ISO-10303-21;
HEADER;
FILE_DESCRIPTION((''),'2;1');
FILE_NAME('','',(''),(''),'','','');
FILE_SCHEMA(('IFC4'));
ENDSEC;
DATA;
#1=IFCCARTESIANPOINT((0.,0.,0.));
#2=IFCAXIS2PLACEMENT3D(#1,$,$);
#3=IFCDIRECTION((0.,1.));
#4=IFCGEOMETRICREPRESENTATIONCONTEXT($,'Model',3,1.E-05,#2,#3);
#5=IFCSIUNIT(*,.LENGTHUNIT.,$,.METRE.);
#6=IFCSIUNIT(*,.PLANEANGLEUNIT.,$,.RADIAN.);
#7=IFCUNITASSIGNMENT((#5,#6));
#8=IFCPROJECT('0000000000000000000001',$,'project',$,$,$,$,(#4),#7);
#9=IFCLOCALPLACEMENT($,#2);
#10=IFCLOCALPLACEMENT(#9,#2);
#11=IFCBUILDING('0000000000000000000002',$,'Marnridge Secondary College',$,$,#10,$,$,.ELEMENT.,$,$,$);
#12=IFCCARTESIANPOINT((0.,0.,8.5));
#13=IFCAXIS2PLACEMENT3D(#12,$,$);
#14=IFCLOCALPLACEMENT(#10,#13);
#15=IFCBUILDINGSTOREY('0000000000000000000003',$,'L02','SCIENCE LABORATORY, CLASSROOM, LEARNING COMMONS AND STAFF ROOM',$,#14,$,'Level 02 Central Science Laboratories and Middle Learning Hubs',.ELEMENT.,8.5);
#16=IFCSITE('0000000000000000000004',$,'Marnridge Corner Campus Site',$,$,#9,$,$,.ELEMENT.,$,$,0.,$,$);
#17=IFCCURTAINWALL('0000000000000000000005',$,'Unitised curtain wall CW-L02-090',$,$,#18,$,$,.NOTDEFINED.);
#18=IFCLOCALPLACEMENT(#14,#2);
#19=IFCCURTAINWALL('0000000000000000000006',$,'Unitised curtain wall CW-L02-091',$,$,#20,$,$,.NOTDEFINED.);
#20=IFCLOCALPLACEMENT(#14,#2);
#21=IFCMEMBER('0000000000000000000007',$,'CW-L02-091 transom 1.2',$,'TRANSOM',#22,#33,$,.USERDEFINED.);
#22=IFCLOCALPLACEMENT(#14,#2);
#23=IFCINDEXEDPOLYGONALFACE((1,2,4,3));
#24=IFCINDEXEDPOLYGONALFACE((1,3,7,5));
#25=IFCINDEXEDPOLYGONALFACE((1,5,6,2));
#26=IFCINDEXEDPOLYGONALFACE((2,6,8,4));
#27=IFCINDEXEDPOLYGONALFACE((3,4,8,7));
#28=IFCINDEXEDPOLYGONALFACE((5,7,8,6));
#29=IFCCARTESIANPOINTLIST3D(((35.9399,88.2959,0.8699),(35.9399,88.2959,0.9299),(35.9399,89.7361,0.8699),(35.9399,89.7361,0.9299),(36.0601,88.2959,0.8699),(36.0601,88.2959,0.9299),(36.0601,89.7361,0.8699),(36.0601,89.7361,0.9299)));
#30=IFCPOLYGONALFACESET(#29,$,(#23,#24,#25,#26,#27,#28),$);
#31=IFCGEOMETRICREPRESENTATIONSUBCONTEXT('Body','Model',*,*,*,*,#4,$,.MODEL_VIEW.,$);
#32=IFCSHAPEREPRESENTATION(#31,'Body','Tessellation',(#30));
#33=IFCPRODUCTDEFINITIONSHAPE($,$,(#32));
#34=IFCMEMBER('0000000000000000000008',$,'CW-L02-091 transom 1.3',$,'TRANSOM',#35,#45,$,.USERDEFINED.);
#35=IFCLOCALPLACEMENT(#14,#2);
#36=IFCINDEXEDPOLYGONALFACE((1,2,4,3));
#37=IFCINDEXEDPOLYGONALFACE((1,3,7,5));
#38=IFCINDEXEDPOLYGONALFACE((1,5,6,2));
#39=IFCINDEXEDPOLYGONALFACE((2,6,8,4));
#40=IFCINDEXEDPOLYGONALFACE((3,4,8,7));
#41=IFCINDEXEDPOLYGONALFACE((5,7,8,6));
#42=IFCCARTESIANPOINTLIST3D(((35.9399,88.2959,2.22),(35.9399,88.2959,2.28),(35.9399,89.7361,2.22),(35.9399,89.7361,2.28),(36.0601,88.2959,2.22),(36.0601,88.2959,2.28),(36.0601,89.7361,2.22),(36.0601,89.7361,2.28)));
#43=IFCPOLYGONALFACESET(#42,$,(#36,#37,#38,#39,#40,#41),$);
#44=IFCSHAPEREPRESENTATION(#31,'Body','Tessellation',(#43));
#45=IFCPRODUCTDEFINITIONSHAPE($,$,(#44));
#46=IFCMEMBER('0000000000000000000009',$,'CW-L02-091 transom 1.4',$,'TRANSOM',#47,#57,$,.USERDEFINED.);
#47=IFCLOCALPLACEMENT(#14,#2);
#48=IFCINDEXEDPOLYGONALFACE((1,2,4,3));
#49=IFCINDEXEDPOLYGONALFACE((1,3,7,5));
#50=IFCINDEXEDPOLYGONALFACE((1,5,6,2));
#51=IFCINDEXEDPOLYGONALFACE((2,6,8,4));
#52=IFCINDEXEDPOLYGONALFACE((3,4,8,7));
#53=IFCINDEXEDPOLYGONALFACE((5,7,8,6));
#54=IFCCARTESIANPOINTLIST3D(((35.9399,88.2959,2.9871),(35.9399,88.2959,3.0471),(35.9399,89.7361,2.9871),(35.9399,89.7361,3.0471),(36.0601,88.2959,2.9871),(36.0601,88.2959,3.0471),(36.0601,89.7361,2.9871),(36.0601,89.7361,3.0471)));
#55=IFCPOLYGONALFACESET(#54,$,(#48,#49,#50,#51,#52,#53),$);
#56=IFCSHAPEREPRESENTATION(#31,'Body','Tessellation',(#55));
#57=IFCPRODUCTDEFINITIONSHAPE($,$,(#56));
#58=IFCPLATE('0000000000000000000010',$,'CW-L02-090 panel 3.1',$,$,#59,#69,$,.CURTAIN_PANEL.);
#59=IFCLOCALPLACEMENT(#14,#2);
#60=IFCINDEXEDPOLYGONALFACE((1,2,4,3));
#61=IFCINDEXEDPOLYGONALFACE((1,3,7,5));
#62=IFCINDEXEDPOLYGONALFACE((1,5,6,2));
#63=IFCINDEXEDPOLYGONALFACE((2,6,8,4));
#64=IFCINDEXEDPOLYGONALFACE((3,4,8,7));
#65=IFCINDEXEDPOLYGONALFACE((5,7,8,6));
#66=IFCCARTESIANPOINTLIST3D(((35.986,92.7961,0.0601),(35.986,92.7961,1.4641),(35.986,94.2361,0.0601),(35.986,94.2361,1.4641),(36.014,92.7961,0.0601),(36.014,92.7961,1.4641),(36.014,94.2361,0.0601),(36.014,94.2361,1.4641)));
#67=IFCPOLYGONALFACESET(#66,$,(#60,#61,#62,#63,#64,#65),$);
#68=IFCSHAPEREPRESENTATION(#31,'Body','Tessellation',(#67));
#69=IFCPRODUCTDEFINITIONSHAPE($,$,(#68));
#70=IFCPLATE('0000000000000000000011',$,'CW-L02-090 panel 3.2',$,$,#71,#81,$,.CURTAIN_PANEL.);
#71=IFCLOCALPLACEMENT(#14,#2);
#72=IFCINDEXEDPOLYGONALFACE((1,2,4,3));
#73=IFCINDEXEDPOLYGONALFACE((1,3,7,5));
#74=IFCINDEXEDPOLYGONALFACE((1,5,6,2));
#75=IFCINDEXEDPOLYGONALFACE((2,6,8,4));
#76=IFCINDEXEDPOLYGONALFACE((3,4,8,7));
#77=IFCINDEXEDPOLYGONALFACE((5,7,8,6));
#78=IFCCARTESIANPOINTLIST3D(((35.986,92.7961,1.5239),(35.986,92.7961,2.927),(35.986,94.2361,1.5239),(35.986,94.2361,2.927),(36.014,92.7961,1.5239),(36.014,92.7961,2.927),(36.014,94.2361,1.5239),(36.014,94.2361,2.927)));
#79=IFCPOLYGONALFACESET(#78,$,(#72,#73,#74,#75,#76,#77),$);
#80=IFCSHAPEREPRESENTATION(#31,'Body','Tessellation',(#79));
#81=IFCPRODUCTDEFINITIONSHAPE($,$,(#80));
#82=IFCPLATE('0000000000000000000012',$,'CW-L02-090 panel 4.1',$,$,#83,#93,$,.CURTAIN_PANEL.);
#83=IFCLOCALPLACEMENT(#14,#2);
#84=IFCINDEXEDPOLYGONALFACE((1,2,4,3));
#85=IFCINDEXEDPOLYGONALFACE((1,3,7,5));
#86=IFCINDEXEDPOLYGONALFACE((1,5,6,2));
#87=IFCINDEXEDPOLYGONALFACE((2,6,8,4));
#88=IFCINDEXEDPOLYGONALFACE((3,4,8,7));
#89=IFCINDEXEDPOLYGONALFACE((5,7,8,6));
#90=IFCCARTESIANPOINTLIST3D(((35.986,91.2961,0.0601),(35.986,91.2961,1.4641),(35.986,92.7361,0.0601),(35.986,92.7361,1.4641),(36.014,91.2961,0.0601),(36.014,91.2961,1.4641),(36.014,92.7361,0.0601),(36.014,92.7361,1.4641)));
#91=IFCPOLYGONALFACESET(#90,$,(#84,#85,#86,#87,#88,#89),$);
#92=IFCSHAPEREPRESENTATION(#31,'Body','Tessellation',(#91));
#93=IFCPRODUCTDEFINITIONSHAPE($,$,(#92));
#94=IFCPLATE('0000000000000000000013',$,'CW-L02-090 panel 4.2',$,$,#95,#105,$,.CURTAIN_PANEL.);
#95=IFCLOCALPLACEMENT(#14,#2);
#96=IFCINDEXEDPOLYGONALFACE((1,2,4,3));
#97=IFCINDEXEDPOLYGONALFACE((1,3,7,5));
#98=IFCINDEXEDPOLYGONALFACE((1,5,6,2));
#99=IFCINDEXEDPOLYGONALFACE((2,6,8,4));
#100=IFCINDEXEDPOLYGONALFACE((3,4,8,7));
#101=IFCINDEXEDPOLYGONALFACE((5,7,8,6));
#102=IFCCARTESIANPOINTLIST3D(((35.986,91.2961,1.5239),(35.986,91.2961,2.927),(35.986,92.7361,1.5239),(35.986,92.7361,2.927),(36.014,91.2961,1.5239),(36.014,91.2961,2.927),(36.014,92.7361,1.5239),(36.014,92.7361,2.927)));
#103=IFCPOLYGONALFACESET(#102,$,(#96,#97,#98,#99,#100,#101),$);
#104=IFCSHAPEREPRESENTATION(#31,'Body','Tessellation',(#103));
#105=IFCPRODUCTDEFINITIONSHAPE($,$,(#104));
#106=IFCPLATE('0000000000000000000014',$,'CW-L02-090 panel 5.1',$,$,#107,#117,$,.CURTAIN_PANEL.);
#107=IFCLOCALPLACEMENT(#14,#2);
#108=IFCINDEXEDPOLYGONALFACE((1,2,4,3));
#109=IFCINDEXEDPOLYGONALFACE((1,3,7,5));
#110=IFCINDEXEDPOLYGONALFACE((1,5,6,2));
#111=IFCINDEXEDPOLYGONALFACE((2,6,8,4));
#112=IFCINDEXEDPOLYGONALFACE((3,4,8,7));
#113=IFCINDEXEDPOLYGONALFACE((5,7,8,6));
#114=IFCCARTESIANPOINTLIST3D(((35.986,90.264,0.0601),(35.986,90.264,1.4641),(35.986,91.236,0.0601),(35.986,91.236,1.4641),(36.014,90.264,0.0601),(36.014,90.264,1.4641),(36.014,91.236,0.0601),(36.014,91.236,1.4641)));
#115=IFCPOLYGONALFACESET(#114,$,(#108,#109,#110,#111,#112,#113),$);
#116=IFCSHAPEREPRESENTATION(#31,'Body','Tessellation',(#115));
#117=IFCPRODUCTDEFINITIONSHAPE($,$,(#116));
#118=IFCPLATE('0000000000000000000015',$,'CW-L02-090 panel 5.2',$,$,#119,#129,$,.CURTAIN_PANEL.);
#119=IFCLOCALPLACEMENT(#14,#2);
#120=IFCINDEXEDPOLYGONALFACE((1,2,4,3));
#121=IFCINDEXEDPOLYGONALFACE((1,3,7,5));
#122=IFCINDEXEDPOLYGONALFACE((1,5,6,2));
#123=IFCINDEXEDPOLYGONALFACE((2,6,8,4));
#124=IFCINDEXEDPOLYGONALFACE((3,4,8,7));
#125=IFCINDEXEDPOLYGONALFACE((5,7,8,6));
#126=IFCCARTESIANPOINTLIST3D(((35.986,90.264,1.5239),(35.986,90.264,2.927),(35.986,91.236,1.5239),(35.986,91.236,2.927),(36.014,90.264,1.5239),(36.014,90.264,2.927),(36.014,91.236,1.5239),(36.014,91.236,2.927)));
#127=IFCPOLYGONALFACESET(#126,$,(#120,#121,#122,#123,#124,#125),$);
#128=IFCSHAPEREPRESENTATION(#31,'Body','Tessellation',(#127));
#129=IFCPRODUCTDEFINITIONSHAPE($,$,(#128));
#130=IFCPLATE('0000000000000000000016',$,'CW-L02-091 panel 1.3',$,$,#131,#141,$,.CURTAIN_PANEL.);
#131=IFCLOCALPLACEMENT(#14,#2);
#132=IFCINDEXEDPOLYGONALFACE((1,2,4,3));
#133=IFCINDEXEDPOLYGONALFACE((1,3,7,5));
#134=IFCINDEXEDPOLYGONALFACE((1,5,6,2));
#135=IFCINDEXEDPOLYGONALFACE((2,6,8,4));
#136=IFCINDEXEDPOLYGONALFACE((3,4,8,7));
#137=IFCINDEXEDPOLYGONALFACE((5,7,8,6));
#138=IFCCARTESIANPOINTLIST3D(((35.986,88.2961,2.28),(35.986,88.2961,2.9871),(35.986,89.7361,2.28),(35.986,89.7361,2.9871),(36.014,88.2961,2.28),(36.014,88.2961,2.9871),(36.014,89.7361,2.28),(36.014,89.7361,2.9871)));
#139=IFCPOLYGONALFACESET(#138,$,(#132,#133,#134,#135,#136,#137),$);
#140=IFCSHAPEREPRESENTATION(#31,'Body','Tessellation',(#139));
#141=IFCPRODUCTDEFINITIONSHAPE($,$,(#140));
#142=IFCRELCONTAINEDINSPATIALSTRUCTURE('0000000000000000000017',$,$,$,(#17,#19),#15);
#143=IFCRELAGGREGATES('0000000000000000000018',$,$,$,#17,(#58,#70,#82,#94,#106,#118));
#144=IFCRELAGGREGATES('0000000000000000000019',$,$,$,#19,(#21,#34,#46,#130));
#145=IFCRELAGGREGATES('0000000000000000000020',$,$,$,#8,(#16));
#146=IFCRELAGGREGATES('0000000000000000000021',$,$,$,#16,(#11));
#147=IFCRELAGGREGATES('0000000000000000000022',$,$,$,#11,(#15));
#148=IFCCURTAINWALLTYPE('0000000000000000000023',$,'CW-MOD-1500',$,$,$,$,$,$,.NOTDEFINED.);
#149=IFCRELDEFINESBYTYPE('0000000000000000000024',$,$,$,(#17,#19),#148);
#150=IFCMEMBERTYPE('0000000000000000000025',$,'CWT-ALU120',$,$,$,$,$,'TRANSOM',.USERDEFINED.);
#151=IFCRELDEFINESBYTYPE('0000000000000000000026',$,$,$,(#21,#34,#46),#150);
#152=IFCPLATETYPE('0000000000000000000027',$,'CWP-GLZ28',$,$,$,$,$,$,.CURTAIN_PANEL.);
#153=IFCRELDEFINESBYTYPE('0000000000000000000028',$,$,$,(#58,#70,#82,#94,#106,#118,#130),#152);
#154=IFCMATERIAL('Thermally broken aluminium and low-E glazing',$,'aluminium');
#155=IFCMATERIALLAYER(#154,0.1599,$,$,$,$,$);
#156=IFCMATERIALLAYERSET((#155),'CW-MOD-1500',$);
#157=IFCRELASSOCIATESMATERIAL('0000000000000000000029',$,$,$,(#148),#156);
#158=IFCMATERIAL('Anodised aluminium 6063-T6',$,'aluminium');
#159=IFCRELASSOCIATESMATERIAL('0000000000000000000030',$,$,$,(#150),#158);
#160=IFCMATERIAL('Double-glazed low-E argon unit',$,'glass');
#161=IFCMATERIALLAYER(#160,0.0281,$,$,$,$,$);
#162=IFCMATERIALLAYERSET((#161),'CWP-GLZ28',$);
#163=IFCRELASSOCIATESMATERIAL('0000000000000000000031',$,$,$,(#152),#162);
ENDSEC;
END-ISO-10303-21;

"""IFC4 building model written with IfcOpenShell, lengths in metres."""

from ifc_helpers import new_model, si_unit, direction, frame, origin, origin_2d, place, context, subcontext, project, spatial, rectangle, extrude, material, layer, layer_set, material_profile, profile_set, type_object, element, aggregate, save


model = new_model("IFC4")

# Units and contexts
model_context = context("Model", 3, precision=1e-05, world=origin(), true_north=direction((0.0, 1.0)))
body_context = subcontext(model_context, "Body", "Model", "MODEL_VIEW")
ifc_project = project(units=[si_unit("LENGTHUNIT", "METRE"), si_unit("PLANEANGLEUNIT", "RADIAN")], contexts=[model_context])

# Site, building, storey
site_placement = place(None, origin())
site = spatial("IfcSite", under=ifc_project, at=site_placement, Name="Marnridge Corner Campus Site", CompositionType="ELEMENT", RefElevation=0.0)
building_placement = place(site_placement, origin())
building = spatial("IfcBuilding", under=site, at=building_placement, Name="Marnridge Secondary College", CompositionType="ELEMENT")
storey_placement = place(building_placement, frame((0.0, 0.0, 8.5)))
storey = spatial("IfcBuildingStorey", under=building, at=storey_placement, Name="L02", Description="SCIENCE LABORATORY, CLASSROOM, LEARNING COMMONS AND STAFF ROOM", LongName="Level 02 Central Science Laboratories and Middle Learning Hubs", CompositionType="ELEMENT", Elevation=8.5)

# Curtain wall
ifc_material_1 = material(Name="Thermally broken aluminium and low-E glazing", Category="aluminium")
ifc_layer_1 = layer(ifc_material_1, 0.1599)
ifc_layer_set_1 = layer_set([ifc_layer_1], Name="CW-MOD-1500")
curtain_wall_type = type_object("IfcCurtainWallType", Name="CW-MOD-1500", PredefinedType="NOTDEFINED", material=ifc_layer_set_1)
curtain_wall_1_placement = place(storey_placement, origin())
curtain_wall_1 = element("IfcCurtainWall", 1, at=curtain_wall_1_placement, inside=storey, type_object=curtain_wall_type, Name="Unitised curtain wall CW-L02-090", PredefinedType="NOTDEFINED")

# Curtain wall
curtain_wall_2_placement = place(storey_placement, origin())
curtain_wall_2 = element("IfcCurtainWall", 2, at=curtain_wall_2_placement, inside=storey, type_object=curtain_wall_type, Name="Unitised curtain wall CW-L02-091", PredefinedType="NOTDEFINED")

# Members
ifc_material_2 = material(Name="Anodised aluminium 6063-T6", Category="aluminium")
ifc_material_profile_1 = material_profile(ifc_material_2, rectangle(XDim=0.0601, YDim=0.1201, at=origin_2d()), Name="ALU 60x120")
ifc_profile_set_1 = profile_set([ifc_material_profile_1], Name="Anodised aluminium 6063-T6")
member_type_1 = type_object("IfcMemberType", Name="CWT-ALU120", ElementType="TRANSOM", PredefinedType="USERDEFINED", material=ifc_profile_set_1)
member_1_placement = place(storey_placement, frame((36.0, 89.7361, 0.8999), z_axis=(0.0, -1.0, 0.0), x_axis=(0.0, 0.0, 1.0)))
member_1 = element("IfcMember", 3, at=member_1_placement, type_object=member_type_1, Name="CW-L02-091 transom 1.2", ObjectType="TRANSOM", PredefinedType="USERDEFINED", context=body_context, shape_type="SweptSolid", body=[
    extrude(rectangle(XDim=0.0601, YDim=0.1201, at=origin_2d()), origin(), (0.0, 0.0, 1.0), 1.4402),
])
member_2_placement = place(storey_placement, frame((36.0, 89.7361, 2.25), z_axis=(0.0, -1.0, 0.0), x_axis=(0.0, 0.0, 1.0)))
member_2 = element("IfcMember", 4, at=member_2_placement, type_object=member_type_1, Name="CW-L02-091 transom 1.3", ObjectType="TRANSOM", PredefinedType="USERDEFINED", context=body_context, shape_type="SweptSolid", body=[
    extrude(rectangle(XDim=0.0601, YDim=0.1201, at=origin_2d()), origin(), (0.0, 0.0, 1.0), 1.4402),
])
member_3_placement = place(storey_placement, frame((36.0, 89.7361, 3.0171), z_axis=(0.0, -1.0, 0.0), x_axis=(0.0, 0.0, 1.0)))
member_3 = element("IfcMember", 5, at=member_3_placement, type_object=member_type_1, Name="CW-L02-091 transom 1.4", ObjectType="TRANSOM", PredefinedType="USERDEFINED", context=body_context, shape_type="SweptSolid", body=[
    extrude(rectangle(XDim=0.0601, YDim=0.1201, at=origin_2d()), origin(), (0.0, 0.0, 1.0), 1.4402),
])

# Plates
ifc_material_3 = material(Name="Double-glazed low-E argon unit", Category="glass")
ifc_layer_2 = layer(ifc_material_3, 0.0281)
ifc_layer_set_2 = layer_set([ifc_layer_2], Name="CWP-GLZ28")
plate_type = type_object("IfcPlateType", Name="CWP-GLZ28", PredefinedType="CURTAIN_PANEL", material=ifc_layer_set_2)
plate_1_placement = place(storey_placement, frame((36.0, 93.5161, 0.0601), z_axis=(0.0, 0.0, 1.0), x_axis=(0.0, -1.0, 0.0)))
plate_1 = element("IfcPlate", 6, at=plate_1_placement, type_object=plate_type, Name="CW-L02-090 panel 3.1", PredefinedType="CURTAIN_PANEL", context=body_context, shape_type="SweptSolid", body=[
    extrude(rectangle(XDim=1.4399, YDim=0.0281, at=origin_2d()), origin(), (0.0, 0.0, 1.0), 1.4041),
])
plate_2_placement = place(storey_placement, frame((36.0, 93.5161, 1.5239), z_axis=(0.0, 0.0, 1.0), x_axis=(0.0, -1.0, 0.0)))
plate_2 = element("IfcPlate", 7, at=plate_2_placement, type_object=plate_type, Name="CW-L02-090 panel 3.2", PredefinedType="CURTAIN_PANEL", context=body_context, shape_type="SweptSolid", body=[
    extrude(rectangle(XDim=1.4399, YDim=0.0281, at=origin_2d()), origin(), (0.0, 0.0, 1.0), 1.4031),
])
plate_3_placement = place(storey_placement, frame((36.0, 92.0161, 0.0601), z_axis=(0.0, 0.0, 1.0), x_axis=(0.0, -1.0, 0.0)))
plate_3 = element("IfcPlate", 8, at=plate_3_placement, type_object=plate_type, Name="CW-L02-090 panel 4.1", PredefinedType="CURTAIN_PANEL", context=body_context, shape_type="SweptSolid", body=[
    extrude(rectangle(XDim=1.4399, YDim=0.0281, at=origin_2d()), origin(), (0.0, 0.0, 1.0), 1.4041),
])
plate_4_placement = place(storey_placement, frame((36.0, 92.0161, 1.5239), z_axis=(0.0, 0.0, 1.0), x_axis=(0.0, -1.0, 0.0)))
plate_4 = element("IfcPlate", 9, at=plate_4_placement, type_object=plate_type, Name="CW-L02-090 panel 4.2", PredefinedType="CURTAIN_PANEL", context=body_context, shape_type="SweptSolid", body=[
    extrude(rectangle(XDim=1.4399, YDim=0.0281, at=origin_2d()), origin(), (0.0, 0.0, 1.0), 1.4031),
])
plate_5_placement = place(storey_placement, frame((36.0, 90.75, 0.0601), z_axis=(0.0, 0.0, 1.0), x_axis=(0.0, -1.0, 0.0)))
plate_5 = element("IfcPlate", 10, at=plate_5_placement, type_object=plate_type, Name="CW-L02-090 panel 5.1", PredefinedType="CURTAIN_PANEL", context=body_context, shape_type="SweptSolid", body=[
    extrude(rectangle(XDim=0.9719, YDim=0.0281, at=origin_2d()), origin(), (0.0, 0.0, 1.0), 1.4041),
])
plate_6_placement = place(storey_placement, frame((36.0, 90.75, 1.5239), z_axis=(0.0, 0.0, 1.0), x_axis=(0.0, -1.0, 0.0)))
plate_6 = element("IfcPlate", 11, at=plate_6_placement, type_object=plate_type, Name="CW-L02-090 panel 5.2", PredefinedType="CURTAIN_PANEL", context=body_context, shape_type="SweptSolid", body=[
    extrude(rectangle(XDim=0.9719, YDim=0.0281, at=origin_2d()), origin(), (0.0, 0.0, 1.0), 1.4031),
])
aggregate(curtain_wall_1, [plate_1, plate_2, plate_3, plate_4, plate_5, plate_6])
plate_7_placement = place(storey_placement, frame((36.0, 89.0161, 2.28), z_axis=(0.0, 0.0, 1.0), x_axis=(0.0, -1.0, 0.0)))
plate_7 = element("IfcPlate", 12, at=plate_7_placement, type_object=plate_type, Name="CW-L02-091 panel 1.3", PredefinedType="CURTAIN_PANEL", context=body_context, shape_type="SweptSolid", body=[
    extrude(rectangle(XDim=1.4399, YDim=0.0281, at=origin_2d()), origin(), (0.0, 0.0, 1.0), 0.707),
])
aggregate(curtain_wall_2, [member_1, member_2, member_3, plate_7])

save(model, "model.ifc")
